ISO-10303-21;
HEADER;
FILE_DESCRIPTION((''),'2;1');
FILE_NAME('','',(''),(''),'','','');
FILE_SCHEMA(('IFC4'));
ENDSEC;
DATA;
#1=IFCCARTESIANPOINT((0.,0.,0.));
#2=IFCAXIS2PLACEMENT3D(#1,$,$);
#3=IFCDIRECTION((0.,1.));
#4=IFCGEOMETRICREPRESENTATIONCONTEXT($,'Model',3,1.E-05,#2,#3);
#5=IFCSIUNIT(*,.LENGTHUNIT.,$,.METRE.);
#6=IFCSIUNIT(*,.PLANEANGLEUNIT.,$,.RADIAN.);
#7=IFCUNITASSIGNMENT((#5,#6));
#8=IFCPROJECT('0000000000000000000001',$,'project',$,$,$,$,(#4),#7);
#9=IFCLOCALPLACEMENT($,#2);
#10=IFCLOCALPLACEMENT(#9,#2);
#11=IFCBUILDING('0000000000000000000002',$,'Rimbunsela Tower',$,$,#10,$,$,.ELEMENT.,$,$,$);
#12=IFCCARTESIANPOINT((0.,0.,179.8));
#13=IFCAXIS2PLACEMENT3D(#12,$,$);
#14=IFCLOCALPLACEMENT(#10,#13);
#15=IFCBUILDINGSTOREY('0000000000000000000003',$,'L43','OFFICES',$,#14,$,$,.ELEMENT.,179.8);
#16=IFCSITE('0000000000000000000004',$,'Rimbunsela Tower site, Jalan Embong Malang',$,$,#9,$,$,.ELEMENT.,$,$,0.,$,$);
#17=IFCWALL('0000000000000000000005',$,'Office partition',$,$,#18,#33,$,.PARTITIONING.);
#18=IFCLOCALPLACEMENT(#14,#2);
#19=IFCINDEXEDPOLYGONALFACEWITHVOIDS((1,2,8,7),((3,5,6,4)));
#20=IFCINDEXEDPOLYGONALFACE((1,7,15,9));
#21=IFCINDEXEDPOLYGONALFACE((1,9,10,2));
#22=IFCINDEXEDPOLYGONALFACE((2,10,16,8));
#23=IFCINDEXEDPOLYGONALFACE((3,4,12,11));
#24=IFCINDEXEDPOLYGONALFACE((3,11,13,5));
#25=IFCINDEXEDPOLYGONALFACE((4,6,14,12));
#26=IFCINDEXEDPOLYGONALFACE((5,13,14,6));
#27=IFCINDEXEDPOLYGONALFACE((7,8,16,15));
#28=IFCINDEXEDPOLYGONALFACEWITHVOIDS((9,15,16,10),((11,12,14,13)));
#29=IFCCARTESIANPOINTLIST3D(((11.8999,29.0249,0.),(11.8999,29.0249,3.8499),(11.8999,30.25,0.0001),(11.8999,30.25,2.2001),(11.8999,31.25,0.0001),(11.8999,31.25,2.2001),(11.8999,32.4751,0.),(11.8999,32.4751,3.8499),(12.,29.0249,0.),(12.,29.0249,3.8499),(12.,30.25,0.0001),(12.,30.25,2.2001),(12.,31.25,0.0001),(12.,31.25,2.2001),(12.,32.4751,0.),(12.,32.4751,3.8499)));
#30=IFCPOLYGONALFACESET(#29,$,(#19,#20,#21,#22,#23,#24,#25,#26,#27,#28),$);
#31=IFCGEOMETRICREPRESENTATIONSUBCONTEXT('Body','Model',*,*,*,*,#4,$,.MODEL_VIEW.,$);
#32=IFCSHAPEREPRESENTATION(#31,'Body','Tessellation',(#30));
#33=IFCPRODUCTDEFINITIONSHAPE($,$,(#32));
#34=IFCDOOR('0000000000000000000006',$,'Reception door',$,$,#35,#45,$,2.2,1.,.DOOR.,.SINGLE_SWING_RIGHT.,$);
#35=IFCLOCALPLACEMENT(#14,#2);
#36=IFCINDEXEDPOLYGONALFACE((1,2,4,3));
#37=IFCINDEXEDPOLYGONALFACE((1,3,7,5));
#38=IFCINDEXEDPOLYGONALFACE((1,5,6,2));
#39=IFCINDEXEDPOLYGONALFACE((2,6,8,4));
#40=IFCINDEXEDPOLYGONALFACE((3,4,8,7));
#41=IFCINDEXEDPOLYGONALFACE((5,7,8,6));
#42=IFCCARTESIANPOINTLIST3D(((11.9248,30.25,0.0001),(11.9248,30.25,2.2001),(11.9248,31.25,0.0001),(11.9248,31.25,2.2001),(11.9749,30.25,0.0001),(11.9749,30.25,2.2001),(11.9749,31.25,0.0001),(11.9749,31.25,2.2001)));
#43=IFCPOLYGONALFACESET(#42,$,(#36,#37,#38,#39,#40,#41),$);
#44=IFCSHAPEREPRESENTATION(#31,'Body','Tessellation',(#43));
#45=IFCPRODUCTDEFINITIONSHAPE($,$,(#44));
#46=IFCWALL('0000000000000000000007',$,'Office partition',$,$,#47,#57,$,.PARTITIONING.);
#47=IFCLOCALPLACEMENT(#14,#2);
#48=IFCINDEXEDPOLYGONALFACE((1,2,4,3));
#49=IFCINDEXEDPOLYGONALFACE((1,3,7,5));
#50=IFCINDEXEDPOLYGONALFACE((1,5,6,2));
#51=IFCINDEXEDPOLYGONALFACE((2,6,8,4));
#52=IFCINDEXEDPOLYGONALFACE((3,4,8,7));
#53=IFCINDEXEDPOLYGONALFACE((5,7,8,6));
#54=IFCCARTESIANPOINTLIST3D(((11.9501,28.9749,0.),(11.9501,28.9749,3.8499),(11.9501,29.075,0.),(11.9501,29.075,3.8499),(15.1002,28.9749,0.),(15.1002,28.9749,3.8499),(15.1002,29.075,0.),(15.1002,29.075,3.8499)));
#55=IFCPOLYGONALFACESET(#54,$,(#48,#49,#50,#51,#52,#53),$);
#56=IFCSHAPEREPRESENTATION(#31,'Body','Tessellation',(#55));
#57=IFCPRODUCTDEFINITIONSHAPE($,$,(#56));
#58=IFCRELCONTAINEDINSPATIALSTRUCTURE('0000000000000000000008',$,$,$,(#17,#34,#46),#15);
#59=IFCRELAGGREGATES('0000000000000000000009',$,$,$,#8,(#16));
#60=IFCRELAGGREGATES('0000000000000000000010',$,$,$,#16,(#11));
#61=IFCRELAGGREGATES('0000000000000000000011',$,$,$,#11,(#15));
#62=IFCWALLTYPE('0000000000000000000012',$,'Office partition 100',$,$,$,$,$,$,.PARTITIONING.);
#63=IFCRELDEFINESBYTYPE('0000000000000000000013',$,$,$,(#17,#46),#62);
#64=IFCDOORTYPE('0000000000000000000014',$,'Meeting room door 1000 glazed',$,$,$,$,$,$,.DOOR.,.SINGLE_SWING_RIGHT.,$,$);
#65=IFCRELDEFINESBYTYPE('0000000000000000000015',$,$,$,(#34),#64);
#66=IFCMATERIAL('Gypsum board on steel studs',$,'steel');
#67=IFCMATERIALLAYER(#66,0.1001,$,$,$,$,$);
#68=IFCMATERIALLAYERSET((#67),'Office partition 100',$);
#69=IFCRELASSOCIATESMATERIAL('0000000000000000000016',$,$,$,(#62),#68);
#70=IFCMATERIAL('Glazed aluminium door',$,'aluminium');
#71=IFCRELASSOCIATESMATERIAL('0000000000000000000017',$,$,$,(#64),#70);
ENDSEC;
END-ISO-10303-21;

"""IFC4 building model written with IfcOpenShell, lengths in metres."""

from ifc_helpers import new_model, si_unit, direction, frame, frame_2d, origin, place, context, subcontext, project, spatial, rectangle, extrude, material, layer, layer_set, type_object, element, fill, save


model = new_model("IFC4")

# Units and contexts
model_context = context("Model", 3, precision=1e-05, world=origin(), true_north=direction((0.0, 1.0)))
body_context = subcontext(model_context, "Body", "Model", "MODEL_VIEW")
ifc_project = project(units=[si_unit("LENGTHUNIT", "METRE"), si_unit("PLANEANGLEUNIT", "RADIAN")], contexts=[model_context])

# Site, building, storey
site_placement = place(None, origin())
site = spatial("IfcSite", under=ifc_project, at=site_placement, Name="Rimbunsela Tower site, Jalan Embong Malang", CompositionType="ELEMENT", RefElevation=0.0)
building_placement = place(site_placement, origin())
building = spatial("IfcBuilding", under=site, at=building_placement, Name="Rimbunsela Tower", CompositionType="ELEMENT")
storey_placement = place(building_placement, frame((0.0, 0.0, 179.8)))
storey = spatial("IfcBuildingStorey", under=building, at=storey_placement, Name="L43", Description="OFFICES", CompositionType="ELEMENT", Elevation=179.8)

# Shared definitions
ifc_material_1 = material(Name="Gypsum board on steel studs", Category="steel")
ifc_layer = layer(ifc_material_1, 0.1001)
ifc_layer_set = layer_set([ifc_layer], Name="Office partition 100")
wall_type = type_object("IfcWallType", Name="Office partition 100", PredefinedType="PARTITIONING", material=ifc_layer_set)

# Shared definitions
ifc_material_2 = material(Name="Glazed aluminium door", Category="aluminium")
door_type_1 = type_object("IfcDoorType", Name="Meeting room door 1000 glazed", OperationType="SINGLE_SWING_RIGHT", PredefinedType="DOOR", material=ifc_material_2)

# Wall, opening, door
wall_1_placement = place(storey_placement, frame((11.95, 32.4751, 0.0), z_axis=(0.0, 0.0, 1.0), x_axis=(0.0, -1.0, 0.0)))
wall_1 = element("IfcWall", 1, at=wall_1_placement, inside=storey, type_object=wall_type, Name="Office partition", PredefinedType="PARTITIONING", context=body_context, shape_type="SweptSolid", body=[
    extrude(rectangle(XDim=3.4502, YDim=0.1001, at=frame_2d((1.7251, 0.0))), origin(), (0.0, 0.0, 1.0), 3.8499),
])
opening_1_placement = place(wall_1_placement, frame((1.2251, 0.0, 0.0)))
opening_1 = element("IfcOpeningElement", 2, at=opening_1_placement, cuts=wall_1, PredefinedType="OPENING", context=body_context, shape_type="SweptSolid", body=[
    extrude(rectangle(XDim=1.0, YDim=2.2, at=frame_2d((0.5, 1.1001))), frame((0.0, 0.0601, 0.0), z_axis=(0.0, -1.0, 0.0), x_axis=(1.0, 0.0, 0.0)), (0.0, 0.0, 1.0), 0.1201),
])
door_1_placement = place(opening_1_placement, origin())
door_1 = element("IfcDoor", 3, at=door_1_placement, inside=storey, type_object=door_type_1, Name="Reception door", OperationType="SINGLE_SWING_RIGHT", OverallHeight=2.2, OverallWidth=1.0, PredefinedType="DOOR", context=body_context, shape_type="SweptSolid", body=[
    extrude(rectangle(XDim=1.0, YDim=2.2, at=frame_2d((0.5, 1.1001))), frame((0.0, 0.0249, 0.0), z_axis=(0.0, -1.0, 0.0), x_axis=(1.0, 0.0, 0.0)), (0.0, 0.0, 1.0), 0.05),
])
fill(opening_1, door_1)

# Wall
wall_2_placement = place(storey_placement, frame((11.95, 29.0249, 0.0), z_axis=(0.0, 0.0, 1.0), x_axis=(1.0, 0.0, 0.0)))
element("IfcWall", 4, at=wall_2_placement, inside=storey, type_object=wall_type, Name="Office partition", PredefinedType="PARTITIONING", context=body_context, shape_type="SweptSolid", body=[
    extrude(rectangle(XDim=3.1501, YDim=0.1001, at=frame_2d((1.5752, 0.0))), origin(), (0.0, 0.0, 1.0), 3.8499),
])

save(model, "model.ifc")
